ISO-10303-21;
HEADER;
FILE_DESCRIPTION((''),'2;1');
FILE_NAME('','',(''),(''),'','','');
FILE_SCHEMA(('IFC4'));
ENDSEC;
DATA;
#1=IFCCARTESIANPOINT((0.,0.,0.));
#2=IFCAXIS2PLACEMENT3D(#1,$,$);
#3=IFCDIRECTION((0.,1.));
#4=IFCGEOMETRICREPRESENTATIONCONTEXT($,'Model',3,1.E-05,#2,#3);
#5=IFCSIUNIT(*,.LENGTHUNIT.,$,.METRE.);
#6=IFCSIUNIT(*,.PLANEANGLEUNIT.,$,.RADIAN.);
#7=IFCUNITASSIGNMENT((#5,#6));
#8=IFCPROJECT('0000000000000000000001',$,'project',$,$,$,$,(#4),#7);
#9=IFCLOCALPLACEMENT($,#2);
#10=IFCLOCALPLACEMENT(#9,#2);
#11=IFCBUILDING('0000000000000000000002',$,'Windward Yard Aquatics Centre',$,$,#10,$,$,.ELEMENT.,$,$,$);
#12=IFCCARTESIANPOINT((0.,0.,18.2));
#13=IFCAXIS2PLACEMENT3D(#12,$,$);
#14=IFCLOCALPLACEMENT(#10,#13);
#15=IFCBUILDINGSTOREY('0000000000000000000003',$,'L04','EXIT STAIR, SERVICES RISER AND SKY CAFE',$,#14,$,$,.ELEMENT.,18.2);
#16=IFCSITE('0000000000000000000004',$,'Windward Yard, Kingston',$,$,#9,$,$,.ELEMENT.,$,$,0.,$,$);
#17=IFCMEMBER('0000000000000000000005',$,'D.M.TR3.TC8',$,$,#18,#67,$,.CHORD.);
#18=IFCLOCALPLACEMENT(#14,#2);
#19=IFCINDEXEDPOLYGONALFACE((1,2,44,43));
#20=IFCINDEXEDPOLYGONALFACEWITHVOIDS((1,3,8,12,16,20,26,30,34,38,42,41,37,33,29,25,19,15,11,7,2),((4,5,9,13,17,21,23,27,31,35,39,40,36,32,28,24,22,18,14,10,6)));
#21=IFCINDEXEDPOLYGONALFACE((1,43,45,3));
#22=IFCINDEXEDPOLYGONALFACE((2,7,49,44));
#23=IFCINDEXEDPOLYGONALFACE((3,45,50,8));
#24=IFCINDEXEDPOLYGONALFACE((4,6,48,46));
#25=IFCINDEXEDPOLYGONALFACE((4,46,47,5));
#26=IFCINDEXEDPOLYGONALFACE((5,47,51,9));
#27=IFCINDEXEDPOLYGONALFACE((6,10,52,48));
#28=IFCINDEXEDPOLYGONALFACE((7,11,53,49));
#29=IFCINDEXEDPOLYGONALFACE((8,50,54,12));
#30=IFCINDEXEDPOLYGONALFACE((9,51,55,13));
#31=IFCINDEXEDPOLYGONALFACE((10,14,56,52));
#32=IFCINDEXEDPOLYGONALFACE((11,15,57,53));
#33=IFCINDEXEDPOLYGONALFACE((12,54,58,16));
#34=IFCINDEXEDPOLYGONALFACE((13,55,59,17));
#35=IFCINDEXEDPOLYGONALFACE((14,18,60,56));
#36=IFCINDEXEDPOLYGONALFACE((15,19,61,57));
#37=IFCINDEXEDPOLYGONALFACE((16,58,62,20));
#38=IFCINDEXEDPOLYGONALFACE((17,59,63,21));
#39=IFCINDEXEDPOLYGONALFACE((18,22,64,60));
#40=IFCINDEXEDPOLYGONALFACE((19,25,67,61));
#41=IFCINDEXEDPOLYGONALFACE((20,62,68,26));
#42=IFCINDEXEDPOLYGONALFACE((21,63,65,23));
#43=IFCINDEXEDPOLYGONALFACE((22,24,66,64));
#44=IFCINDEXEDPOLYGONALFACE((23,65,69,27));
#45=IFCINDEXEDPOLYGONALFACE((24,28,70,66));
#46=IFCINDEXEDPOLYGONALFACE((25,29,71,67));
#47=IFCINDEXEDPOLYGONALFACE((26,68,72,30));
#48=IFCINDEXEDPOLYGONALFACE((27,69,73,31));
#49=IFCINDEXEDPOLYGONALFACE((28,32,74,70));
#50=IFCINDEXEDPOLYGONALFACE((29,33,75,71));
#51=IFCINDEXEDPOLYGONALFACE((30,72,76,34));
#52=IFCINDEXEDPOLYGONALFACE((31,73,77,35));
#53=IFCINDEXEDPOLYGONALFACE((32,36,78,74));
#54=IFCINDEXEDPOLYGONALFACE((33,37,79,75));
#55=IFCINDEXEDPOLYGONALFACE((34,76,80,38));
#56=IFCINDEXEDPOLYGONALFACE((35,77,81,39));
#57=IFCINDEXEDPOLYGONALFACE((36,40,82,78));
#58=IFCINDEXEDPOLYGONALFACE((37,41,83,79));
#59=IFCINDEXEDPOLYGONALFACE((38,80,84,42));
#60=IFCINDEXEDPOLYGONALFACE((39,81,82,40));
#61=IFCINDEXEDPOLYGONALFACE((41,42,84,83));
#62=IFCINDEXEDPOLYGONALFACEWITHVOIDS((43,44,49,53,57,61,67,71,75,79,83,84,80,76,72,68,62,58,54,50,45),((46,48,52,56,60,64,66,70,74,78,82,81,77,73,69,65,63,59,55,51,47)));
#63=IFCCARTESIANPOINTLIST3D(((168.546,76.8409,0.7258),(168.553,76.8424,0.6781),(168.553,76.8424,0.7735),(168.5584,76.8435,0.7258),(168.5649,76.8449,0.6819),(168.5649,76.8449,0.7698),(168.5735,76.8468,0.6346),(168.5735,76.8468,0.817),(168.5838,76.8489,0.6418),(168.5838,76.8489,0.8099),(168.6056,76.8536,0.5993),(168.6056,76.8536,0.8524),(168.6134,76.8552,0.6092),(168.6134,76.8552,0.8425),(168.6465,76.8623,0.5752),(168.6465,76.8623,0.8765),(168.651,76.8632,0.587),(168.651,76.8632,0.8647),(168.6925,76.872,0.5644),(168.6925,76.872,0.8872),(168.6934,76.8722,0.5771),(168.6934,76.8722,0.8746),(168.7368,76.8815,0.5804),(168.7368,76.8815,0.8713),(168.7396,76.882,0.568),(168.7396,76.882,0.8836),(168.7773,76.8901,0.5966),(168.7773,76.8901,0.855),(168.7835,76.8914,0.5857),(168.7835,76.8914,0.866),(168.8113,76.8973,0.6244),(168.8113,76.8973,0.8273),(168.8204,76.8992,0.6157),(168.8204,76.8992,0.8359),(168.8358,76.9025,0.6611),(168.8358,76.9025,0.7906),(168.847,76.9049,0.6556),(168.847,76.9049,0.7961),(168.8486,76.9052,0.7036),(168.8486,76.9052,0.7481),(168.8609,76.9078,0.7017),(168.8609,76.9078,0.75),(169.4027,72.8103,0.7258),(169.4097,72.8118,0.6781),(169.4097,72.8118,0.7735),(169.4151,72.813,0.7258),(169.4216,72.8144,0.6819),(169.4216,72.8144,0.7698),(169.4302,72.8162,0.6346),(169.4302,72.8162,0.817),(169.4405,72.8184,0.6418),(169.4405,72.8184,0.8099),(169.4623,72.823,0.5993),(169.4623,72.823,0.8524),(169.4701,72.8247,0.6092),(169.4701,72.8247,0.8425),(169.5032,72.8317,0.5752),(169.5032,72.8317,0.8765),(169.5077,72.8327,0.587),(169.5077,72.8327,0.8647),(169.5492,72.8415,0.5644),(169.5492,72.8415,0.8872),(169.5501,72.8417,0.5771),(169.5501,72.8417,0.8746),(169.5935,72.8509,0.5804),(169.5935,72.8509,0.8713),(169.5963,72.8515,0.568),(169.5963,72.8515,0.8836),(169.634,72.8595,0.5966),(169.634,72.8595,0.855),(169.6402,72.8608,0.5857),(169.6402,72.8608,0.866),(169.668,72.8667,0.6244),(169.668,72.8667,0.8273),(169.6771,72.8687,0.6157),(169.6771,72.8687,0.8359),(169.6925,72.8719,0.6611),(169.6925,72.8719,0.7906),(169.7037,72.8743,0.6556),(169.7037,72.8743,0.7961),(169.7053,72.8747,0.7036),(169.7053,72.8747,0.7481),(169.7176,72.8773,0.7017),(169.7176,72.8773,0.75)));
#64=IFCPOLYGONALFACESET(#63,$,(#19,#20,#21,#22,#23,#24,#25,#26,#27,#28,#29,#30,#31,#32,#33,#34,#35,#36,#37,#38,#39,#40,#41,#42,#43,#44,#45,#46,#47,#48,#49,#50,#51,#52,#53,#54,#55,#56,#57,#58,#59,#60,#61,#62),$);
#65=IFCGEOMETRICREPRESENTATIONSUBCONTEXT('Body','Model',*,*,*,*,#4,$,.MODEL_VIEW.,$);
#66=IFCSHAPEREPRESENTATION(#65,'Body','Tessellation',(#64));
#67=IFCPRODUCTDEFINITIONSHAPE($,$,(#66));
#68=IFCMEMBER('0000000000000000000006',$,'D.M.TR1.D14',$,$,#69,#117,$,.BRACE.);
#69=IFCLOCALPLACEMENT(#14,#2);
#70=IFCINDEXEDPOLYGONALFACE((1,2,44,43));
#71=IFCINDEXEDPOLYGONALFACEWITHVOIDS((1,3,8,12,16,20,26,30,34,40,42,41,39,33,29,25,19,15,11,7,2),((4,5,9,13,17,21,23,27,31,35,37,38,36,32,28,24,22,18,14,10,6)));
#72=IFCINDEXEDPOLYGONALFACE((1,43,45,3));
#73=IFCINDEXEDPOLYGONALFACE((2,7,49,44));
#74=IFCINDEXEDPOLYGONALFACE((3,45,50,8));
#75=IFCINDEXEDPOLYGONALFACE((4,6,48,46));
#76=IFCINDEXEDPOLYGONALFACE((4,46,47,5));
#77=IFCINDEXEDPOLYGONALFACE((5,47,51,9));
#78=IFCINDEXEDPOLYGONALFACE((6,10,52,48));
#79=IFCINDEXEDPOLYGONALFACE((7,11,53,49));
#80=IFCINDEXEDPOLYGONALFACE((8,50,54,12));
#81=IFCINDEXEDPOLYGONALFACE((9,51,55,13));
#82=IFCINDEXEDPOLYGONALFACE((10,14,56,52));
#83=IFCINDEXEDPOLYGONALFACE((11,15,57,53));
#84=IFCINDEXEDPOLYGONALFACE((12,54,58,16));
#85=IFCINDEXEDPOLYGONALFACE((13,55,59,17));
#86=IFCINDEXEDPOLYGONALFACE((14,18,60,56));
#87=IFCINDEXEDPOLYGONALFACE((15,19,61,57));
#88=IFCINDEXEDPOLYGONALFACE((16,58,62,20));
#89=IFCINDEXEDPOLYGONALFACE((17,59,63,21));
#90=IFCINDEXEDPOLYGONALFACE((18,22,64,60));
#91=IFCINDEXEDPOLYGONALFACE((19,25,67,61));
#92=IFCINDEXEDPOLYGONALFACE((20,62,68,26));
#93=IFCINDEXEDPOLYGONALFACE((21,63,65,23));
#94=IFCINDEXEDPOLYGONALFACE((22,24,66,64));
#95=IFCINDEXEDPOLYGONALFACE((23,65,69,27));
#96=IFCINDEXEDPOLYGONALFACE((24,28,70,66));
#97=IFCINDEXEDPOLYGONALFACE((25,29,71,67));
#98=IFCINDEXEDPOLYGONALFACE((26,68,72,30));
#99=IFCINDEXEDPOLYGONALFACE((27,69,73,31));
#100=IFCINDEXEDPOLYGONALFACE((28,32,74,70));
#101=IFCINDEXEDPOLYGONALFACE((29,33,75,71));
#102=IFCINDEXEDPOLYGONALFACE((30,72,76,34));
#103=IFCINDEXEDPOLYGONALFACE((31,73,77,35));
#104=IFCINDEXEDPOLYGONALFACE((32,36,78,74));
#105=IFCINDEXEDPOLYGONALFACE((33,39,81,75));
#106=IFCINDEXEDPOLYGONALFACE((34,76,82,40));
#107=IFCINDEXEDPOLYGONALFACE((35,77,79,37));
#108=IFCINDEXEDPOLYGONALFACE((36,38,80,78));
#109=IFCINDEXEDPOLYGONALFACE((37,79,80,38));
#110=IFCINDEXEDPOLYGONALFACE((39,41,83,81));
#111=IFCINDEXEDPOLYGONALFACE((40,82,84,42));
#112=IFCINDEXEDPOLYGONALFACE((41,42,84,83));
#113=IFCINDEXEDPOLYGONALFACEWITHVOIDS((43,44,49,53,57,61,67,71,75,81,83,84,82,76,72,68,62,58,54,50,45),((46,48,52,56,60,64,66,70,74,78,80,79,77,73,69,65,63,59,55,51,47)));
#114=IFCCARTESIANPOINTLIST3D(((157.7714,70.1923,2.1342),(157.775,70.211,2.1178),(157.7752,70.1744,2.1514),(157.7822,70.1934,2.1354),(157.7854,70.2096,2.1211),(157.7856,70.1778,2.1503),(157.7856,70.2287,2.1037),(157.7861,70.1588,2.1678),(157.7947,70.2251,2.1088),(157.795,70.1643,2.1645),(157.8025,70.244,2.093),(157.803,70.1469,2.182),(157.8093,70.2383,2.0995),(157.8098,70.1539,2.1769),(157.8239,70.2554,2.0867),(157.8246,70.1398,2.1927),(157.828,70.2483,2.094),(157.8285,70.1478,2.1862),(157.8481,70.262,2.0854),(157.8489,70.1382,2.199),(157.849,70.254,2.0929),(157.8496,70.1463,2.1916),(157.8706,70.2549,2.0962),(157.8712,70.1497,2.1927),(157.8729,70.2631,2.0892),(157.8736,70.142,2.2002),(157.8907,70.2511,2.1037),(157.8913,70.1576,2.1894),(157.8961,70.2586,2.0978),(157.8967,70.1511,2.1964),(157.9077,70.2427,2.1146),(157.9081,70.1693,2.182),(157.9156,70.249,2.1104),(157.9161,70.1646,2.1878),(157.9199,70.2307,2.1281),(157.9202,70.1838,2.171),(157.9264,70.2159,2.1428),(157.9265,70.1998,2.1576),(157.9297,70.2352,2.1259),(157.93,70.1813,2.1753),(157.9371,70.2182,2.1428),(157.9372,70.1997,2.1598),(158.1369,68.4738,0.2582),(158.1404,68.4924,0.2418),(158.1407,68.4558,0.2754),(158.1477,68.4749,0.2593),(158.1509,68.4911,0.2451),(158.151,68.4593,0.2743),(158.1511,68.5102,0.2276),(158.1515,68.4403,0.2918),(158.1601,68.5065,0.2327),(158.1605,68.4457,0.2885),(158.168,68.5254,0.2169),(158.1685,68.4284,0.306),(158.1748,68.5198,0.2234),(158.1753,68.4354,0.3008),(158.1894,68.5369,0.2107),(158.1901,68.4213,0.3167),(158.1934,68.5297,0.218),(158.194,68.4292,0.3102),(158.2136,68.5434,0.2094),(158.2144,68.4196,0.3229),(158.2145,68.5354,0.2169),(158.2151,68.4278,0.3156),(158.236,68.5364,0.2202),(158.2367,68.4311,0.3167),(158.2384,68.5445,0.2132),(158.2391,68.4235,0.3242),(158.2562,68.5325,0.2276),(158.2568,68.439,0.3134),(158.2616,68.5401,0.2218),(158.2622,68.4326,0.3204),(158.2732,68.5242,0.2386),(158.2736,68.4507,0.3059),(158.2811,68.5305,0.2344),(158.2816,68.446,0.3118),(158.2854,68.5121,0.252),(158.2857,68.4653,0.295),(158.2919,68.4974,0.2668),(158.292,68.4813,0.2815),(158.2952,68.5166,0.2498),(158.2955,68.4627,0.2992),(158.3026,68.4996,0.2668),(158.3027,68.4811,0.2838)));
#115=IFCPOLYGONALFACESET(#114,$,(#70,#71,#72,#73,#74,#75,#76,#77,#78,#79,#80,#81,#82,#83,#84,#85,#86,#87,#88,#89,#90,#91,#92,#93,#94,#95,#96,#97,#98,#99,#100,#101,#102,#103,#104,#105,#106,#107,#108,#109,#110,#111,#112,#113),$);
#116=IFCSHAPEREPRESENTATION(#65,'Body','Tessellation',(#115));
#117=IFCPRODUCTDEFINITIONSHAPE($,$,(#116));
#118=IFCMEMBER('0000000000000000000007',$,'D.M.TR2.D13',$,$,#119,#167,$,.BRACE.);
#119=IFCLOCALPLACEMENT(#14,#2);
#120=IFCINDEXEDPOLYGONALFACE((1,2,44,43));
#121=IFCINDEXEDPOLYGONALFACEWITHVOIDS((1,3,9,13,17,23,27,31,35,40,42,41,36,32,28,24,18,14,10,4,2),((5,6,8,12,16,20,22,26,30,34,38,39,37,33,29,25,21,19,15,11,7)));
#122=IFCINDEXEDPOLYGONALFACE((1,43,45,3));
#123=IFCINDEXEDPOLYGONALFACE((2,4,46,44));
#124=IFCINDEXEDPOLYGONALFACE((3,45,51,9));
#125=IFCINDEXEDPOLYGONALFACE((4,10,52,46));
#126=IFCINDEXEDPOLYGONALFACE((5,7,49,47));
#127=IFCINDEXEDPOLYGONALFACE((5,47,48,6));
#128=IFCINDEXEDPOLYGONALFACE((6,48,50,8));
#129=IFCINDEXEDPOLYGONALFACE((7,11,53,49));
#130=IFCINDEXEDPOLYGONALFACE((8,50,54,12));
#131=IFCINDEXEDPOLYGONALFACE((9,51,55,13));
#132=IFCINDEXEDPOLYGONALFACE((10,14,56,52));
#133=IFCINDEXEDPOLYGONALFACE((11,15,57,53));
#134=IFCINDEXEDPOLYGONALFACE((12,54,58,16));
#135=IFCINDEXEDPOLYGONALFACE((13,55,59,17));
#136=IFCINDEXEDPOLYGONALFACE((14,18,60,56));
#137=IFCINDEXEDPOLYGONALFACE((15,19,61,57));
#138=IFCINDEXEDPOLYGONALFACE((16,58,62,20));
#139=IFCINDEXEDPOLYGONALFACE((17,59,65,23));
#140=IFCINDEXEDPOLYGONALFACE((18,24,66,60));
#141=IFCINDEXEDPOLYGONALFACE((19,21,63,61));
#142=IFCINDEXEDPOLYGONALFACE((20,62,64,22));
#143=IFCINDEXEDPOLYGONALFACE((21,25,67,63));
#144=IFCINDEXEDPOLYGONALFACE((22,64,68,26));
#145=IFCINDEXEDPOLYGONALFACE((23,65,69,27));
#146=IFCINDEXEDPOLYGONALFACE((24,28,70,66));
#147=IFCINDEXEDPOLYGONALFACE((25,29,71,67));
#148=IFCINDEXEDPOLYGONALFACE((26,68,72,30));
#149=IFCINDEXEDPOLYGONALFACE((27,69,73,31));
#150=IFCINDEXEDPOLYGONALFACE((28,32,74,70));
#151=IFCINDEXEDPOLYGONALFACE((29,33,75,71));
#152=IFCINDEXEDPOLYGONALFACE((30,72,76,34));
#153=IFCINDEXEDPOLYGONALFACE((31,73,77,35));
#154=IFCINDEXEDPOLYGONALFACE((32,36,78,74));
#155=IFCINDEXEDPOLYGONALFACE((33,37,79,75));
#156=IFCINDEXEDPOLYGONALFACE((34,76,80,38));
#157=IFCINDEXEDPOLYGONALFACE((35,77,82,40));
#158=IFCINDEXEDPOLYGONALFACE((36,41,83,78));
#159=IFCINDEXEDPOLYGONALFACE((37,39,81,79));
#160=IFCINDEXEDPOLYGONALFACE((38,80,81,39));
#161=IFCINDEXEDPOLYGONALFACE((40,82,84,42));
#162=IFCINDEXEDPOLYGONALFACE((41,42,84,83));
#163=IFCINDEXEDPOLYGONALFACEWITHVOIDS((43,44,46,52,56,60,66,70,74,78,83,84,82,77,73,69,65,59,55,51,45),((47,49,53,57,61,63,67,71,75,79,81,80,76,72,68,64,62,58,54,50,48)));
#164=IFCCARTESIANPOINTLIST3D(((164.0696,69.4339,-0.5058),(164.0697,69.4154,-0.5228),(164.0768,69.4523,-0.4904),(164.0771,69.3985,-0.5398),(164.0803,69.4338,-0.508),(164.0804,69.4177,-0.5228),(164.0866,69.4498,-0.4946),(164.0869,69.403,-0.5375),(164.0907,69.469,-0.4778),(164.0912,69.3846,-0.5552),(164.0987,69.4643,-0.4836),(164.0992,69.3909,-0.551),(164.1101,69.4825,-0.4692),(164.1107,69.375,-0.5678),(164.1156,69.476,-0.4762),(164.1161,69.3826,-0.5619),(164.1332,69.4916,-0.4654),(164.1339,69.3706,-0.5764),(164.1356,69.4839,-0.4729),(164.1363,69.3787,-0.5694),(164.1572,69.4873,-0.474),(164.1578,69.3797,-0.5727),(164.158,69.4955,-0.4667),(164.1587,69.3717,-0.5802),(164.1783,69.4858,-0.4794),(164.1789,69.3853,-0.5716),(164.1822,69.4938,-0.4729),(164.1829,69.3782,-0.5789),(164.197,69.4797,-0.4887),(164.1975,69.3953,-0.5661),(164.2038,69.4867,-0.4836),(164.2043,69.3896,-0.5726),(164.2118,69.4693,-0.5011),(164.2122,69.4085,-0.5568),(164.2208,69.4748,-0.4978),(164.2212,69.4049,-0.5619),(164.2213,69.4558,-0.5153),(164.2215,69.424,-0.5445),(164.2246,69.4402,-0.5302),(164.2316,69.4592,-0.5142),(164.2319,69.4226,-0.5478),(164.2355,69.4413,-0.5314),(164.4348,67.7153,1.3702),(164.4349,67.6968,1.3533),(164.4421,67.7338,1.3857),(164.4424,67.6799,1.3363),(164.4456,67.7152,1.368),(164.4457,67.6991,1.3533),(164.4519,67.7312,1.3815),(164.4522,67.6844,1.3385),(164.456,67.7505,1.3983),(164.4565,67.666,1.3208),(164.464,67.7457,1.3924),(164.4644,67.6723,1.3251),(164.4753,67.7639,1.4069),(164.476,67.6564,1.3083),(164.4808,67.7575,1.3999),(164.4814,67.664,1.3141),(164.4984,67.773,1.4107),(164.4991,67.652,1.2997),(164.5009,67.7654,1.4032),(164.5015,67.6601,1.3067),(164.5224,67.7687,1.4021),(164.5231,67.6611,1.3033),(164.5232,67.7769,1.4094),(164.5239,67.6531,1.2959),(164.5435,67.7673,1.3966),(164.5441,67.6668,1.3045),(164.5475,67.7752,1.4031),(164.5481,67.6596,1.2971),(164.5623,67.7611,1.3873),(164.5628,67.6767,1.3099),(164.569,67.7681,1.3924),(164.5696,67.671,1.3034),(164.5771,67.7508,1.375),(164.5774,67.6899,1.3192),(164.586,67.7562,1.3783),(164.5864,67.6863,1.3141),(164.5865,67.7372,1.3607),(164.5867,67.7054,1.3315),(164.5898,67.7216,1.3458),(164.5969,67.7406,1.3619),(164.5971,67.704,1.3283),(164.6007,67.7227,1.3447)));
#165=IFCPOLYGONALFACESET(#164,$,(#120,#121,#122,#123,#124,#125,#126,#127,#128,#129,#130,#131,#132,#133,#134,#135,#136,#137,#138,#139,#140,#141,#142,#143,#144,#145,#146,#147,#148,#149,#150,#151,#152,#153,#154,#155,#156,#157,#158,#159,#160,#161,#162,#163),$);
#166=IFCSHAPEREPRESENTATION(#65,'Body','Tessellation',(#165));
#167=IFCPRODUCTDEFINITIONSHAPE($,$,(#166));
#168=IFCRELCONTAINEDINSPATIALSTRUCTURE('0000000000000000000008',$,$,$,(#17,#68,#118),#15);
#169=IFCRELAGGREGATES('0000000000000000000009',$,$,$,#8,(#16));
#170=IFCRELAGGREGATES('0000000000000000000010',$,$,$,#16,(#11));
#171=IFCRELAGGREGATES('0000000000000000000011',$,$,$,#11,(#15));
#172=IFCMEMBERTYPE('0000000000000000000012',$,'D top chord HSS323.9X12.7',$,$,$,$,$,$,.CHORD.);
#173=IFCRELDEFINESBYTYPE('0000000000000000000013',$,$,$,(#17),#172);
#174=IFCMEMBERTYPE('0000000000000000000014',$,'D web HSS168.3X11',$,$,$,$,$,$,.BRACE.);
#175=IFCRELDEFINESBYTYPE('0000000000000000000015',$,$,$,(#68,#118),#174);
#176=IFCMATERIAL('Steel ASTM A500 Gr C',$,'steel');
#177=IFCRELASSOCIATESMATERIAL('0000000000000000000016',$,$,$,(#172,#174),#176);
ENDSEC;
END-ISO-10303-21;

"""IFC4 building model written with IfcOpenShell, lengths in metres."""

from ifc_helpers import new_model, si_unit, direction, frame, origin, origin_2d, place, context, subcontext, project, spatial, hollow_circle, extrude, material, material_profile, profile_set, type_object, element, save


model = new_model("IFC4")

# Units and contexts
model_context = context("Model", 3, precision=1e-05, world=origin(), true_north=direction((0.0, 1.0)))
body_context = subcontext(model_context, "Body", "Model", "MODEL_VIEW")
ifc_project = project(units=[si_unit("LENGTHUNIT", "METRE"), si_unit("PLANEANGLEUNIT", "RADIAN")], contexts=[model_context])

# Site, building, storey
site_placement = place(None, origin())
site = spatial("IfcSite", under=ifc_project, at=site_placement, Name="Windward Yard, Kingston", CompositionType="ELEMENT", RefElevation=0.0)
building_placement = place(site_placement, origin())
building = spatial("IfcBuilding", under=site, at=building_placement, Name="Windward Yard Aquatics Centre", CompositionType="ELEMENT")
storey_placement = place(building_placement, frame((0.0, 0.0, 18.2)))
storey = spatial("IfcBuildingStorey", under=building, at=storey_placement, Name="L04", Description="EXIT STAIR, SERVICES RISER AND SKY CAFE", CompositionType="ELEMENT", Elevation=18.2)

# Shared definitions
ifc_material_1 = material(Name="Steel ASTM A500 Gr C", Category="steel")

# Members
ifc_material_profile_1 = material_profile(ifc_material_1, hollow_circle(Radius=0.1619, WallThickness=0.0127, at=origin_2d()), Name="HSS323.9X12.7")
ifc_profile_set_1 = profile_set([ifc_material_profile_1], Name="Steel ASTM A500 Gr C")
member_type_1 = type_object("IfcMemberType", Name="D top chord HSS323.9X12.7", PredefinedType="CHORD", material=ifc_profile_set_1)
for number, where, z_axis, x_axis, name in (
    (1, (169.561, 72.844, 0.7258), (-0.207906, 0.978149, 0.0), (-0.978149, -0.207906, 0.0), "D.M.TR3.TC8"),
):
    element("IfcMember", number, at=place(storey_placement, frame(where, z_axis=z_axis, x_axis=x_axis)), inside=storey, type_object=member_type_1, Name=name, PredefinedType="CHORD", context=body_context, shape_type="SweptSolid", body=[
        extrude(hollow_circle(Radius=0.1619, WallThickness=0.0127, at=origin_2d()), origin(), (0.0, 0.0, 1.0), 4.1206),
    ])
ifc_material_profile_2 = material_profile(ifc_material_1, hollow_circle(Radius=0.0842, WallThickness=0.011, at=origin_2d()), Name="HSS168.3X11")
ifc_profile_set_2 = profile_set([ifc_material_profile_2], Name="Steel ASTM A500 Gr C")
member_type_2 = type_object("IfcMemberType", Name="D web HSS168.3X11", PredefinedType="BRACE", material=ifc_profile_set_2)
for number, where, z_axis, x_axis, name in (
    (2, (157.8547, 70.2007, 2.1428), (0.142196, -0.668617, -0.729884), (0.978125, 0.20802, 0.0), "D.M.TR1.D14"),
    (3, (164.5173, 67.7144, 1.3533), (-0.142103, 0.668626, -0.729894), (-0.978153, -0.207887, 0.0), "D.M.TR2.D13"),
):
    element("IfcMember", number, at=place(storey_placement, frame(where, z_axis=z_axis, x_axis=x_axis)), inside=storey, type_object=member_type_2, Name=name, PredefinedType="BRACE", context=body_context, shape_type="SweptSolid", body=[
        extrude(hollow_circle(Radius=0.0842, WallThickness=0.011, at=origin_2d()), origin(), (0.0, 0.0, 1.0), 2.5703),
    ])

save(model, "model.ifc")
